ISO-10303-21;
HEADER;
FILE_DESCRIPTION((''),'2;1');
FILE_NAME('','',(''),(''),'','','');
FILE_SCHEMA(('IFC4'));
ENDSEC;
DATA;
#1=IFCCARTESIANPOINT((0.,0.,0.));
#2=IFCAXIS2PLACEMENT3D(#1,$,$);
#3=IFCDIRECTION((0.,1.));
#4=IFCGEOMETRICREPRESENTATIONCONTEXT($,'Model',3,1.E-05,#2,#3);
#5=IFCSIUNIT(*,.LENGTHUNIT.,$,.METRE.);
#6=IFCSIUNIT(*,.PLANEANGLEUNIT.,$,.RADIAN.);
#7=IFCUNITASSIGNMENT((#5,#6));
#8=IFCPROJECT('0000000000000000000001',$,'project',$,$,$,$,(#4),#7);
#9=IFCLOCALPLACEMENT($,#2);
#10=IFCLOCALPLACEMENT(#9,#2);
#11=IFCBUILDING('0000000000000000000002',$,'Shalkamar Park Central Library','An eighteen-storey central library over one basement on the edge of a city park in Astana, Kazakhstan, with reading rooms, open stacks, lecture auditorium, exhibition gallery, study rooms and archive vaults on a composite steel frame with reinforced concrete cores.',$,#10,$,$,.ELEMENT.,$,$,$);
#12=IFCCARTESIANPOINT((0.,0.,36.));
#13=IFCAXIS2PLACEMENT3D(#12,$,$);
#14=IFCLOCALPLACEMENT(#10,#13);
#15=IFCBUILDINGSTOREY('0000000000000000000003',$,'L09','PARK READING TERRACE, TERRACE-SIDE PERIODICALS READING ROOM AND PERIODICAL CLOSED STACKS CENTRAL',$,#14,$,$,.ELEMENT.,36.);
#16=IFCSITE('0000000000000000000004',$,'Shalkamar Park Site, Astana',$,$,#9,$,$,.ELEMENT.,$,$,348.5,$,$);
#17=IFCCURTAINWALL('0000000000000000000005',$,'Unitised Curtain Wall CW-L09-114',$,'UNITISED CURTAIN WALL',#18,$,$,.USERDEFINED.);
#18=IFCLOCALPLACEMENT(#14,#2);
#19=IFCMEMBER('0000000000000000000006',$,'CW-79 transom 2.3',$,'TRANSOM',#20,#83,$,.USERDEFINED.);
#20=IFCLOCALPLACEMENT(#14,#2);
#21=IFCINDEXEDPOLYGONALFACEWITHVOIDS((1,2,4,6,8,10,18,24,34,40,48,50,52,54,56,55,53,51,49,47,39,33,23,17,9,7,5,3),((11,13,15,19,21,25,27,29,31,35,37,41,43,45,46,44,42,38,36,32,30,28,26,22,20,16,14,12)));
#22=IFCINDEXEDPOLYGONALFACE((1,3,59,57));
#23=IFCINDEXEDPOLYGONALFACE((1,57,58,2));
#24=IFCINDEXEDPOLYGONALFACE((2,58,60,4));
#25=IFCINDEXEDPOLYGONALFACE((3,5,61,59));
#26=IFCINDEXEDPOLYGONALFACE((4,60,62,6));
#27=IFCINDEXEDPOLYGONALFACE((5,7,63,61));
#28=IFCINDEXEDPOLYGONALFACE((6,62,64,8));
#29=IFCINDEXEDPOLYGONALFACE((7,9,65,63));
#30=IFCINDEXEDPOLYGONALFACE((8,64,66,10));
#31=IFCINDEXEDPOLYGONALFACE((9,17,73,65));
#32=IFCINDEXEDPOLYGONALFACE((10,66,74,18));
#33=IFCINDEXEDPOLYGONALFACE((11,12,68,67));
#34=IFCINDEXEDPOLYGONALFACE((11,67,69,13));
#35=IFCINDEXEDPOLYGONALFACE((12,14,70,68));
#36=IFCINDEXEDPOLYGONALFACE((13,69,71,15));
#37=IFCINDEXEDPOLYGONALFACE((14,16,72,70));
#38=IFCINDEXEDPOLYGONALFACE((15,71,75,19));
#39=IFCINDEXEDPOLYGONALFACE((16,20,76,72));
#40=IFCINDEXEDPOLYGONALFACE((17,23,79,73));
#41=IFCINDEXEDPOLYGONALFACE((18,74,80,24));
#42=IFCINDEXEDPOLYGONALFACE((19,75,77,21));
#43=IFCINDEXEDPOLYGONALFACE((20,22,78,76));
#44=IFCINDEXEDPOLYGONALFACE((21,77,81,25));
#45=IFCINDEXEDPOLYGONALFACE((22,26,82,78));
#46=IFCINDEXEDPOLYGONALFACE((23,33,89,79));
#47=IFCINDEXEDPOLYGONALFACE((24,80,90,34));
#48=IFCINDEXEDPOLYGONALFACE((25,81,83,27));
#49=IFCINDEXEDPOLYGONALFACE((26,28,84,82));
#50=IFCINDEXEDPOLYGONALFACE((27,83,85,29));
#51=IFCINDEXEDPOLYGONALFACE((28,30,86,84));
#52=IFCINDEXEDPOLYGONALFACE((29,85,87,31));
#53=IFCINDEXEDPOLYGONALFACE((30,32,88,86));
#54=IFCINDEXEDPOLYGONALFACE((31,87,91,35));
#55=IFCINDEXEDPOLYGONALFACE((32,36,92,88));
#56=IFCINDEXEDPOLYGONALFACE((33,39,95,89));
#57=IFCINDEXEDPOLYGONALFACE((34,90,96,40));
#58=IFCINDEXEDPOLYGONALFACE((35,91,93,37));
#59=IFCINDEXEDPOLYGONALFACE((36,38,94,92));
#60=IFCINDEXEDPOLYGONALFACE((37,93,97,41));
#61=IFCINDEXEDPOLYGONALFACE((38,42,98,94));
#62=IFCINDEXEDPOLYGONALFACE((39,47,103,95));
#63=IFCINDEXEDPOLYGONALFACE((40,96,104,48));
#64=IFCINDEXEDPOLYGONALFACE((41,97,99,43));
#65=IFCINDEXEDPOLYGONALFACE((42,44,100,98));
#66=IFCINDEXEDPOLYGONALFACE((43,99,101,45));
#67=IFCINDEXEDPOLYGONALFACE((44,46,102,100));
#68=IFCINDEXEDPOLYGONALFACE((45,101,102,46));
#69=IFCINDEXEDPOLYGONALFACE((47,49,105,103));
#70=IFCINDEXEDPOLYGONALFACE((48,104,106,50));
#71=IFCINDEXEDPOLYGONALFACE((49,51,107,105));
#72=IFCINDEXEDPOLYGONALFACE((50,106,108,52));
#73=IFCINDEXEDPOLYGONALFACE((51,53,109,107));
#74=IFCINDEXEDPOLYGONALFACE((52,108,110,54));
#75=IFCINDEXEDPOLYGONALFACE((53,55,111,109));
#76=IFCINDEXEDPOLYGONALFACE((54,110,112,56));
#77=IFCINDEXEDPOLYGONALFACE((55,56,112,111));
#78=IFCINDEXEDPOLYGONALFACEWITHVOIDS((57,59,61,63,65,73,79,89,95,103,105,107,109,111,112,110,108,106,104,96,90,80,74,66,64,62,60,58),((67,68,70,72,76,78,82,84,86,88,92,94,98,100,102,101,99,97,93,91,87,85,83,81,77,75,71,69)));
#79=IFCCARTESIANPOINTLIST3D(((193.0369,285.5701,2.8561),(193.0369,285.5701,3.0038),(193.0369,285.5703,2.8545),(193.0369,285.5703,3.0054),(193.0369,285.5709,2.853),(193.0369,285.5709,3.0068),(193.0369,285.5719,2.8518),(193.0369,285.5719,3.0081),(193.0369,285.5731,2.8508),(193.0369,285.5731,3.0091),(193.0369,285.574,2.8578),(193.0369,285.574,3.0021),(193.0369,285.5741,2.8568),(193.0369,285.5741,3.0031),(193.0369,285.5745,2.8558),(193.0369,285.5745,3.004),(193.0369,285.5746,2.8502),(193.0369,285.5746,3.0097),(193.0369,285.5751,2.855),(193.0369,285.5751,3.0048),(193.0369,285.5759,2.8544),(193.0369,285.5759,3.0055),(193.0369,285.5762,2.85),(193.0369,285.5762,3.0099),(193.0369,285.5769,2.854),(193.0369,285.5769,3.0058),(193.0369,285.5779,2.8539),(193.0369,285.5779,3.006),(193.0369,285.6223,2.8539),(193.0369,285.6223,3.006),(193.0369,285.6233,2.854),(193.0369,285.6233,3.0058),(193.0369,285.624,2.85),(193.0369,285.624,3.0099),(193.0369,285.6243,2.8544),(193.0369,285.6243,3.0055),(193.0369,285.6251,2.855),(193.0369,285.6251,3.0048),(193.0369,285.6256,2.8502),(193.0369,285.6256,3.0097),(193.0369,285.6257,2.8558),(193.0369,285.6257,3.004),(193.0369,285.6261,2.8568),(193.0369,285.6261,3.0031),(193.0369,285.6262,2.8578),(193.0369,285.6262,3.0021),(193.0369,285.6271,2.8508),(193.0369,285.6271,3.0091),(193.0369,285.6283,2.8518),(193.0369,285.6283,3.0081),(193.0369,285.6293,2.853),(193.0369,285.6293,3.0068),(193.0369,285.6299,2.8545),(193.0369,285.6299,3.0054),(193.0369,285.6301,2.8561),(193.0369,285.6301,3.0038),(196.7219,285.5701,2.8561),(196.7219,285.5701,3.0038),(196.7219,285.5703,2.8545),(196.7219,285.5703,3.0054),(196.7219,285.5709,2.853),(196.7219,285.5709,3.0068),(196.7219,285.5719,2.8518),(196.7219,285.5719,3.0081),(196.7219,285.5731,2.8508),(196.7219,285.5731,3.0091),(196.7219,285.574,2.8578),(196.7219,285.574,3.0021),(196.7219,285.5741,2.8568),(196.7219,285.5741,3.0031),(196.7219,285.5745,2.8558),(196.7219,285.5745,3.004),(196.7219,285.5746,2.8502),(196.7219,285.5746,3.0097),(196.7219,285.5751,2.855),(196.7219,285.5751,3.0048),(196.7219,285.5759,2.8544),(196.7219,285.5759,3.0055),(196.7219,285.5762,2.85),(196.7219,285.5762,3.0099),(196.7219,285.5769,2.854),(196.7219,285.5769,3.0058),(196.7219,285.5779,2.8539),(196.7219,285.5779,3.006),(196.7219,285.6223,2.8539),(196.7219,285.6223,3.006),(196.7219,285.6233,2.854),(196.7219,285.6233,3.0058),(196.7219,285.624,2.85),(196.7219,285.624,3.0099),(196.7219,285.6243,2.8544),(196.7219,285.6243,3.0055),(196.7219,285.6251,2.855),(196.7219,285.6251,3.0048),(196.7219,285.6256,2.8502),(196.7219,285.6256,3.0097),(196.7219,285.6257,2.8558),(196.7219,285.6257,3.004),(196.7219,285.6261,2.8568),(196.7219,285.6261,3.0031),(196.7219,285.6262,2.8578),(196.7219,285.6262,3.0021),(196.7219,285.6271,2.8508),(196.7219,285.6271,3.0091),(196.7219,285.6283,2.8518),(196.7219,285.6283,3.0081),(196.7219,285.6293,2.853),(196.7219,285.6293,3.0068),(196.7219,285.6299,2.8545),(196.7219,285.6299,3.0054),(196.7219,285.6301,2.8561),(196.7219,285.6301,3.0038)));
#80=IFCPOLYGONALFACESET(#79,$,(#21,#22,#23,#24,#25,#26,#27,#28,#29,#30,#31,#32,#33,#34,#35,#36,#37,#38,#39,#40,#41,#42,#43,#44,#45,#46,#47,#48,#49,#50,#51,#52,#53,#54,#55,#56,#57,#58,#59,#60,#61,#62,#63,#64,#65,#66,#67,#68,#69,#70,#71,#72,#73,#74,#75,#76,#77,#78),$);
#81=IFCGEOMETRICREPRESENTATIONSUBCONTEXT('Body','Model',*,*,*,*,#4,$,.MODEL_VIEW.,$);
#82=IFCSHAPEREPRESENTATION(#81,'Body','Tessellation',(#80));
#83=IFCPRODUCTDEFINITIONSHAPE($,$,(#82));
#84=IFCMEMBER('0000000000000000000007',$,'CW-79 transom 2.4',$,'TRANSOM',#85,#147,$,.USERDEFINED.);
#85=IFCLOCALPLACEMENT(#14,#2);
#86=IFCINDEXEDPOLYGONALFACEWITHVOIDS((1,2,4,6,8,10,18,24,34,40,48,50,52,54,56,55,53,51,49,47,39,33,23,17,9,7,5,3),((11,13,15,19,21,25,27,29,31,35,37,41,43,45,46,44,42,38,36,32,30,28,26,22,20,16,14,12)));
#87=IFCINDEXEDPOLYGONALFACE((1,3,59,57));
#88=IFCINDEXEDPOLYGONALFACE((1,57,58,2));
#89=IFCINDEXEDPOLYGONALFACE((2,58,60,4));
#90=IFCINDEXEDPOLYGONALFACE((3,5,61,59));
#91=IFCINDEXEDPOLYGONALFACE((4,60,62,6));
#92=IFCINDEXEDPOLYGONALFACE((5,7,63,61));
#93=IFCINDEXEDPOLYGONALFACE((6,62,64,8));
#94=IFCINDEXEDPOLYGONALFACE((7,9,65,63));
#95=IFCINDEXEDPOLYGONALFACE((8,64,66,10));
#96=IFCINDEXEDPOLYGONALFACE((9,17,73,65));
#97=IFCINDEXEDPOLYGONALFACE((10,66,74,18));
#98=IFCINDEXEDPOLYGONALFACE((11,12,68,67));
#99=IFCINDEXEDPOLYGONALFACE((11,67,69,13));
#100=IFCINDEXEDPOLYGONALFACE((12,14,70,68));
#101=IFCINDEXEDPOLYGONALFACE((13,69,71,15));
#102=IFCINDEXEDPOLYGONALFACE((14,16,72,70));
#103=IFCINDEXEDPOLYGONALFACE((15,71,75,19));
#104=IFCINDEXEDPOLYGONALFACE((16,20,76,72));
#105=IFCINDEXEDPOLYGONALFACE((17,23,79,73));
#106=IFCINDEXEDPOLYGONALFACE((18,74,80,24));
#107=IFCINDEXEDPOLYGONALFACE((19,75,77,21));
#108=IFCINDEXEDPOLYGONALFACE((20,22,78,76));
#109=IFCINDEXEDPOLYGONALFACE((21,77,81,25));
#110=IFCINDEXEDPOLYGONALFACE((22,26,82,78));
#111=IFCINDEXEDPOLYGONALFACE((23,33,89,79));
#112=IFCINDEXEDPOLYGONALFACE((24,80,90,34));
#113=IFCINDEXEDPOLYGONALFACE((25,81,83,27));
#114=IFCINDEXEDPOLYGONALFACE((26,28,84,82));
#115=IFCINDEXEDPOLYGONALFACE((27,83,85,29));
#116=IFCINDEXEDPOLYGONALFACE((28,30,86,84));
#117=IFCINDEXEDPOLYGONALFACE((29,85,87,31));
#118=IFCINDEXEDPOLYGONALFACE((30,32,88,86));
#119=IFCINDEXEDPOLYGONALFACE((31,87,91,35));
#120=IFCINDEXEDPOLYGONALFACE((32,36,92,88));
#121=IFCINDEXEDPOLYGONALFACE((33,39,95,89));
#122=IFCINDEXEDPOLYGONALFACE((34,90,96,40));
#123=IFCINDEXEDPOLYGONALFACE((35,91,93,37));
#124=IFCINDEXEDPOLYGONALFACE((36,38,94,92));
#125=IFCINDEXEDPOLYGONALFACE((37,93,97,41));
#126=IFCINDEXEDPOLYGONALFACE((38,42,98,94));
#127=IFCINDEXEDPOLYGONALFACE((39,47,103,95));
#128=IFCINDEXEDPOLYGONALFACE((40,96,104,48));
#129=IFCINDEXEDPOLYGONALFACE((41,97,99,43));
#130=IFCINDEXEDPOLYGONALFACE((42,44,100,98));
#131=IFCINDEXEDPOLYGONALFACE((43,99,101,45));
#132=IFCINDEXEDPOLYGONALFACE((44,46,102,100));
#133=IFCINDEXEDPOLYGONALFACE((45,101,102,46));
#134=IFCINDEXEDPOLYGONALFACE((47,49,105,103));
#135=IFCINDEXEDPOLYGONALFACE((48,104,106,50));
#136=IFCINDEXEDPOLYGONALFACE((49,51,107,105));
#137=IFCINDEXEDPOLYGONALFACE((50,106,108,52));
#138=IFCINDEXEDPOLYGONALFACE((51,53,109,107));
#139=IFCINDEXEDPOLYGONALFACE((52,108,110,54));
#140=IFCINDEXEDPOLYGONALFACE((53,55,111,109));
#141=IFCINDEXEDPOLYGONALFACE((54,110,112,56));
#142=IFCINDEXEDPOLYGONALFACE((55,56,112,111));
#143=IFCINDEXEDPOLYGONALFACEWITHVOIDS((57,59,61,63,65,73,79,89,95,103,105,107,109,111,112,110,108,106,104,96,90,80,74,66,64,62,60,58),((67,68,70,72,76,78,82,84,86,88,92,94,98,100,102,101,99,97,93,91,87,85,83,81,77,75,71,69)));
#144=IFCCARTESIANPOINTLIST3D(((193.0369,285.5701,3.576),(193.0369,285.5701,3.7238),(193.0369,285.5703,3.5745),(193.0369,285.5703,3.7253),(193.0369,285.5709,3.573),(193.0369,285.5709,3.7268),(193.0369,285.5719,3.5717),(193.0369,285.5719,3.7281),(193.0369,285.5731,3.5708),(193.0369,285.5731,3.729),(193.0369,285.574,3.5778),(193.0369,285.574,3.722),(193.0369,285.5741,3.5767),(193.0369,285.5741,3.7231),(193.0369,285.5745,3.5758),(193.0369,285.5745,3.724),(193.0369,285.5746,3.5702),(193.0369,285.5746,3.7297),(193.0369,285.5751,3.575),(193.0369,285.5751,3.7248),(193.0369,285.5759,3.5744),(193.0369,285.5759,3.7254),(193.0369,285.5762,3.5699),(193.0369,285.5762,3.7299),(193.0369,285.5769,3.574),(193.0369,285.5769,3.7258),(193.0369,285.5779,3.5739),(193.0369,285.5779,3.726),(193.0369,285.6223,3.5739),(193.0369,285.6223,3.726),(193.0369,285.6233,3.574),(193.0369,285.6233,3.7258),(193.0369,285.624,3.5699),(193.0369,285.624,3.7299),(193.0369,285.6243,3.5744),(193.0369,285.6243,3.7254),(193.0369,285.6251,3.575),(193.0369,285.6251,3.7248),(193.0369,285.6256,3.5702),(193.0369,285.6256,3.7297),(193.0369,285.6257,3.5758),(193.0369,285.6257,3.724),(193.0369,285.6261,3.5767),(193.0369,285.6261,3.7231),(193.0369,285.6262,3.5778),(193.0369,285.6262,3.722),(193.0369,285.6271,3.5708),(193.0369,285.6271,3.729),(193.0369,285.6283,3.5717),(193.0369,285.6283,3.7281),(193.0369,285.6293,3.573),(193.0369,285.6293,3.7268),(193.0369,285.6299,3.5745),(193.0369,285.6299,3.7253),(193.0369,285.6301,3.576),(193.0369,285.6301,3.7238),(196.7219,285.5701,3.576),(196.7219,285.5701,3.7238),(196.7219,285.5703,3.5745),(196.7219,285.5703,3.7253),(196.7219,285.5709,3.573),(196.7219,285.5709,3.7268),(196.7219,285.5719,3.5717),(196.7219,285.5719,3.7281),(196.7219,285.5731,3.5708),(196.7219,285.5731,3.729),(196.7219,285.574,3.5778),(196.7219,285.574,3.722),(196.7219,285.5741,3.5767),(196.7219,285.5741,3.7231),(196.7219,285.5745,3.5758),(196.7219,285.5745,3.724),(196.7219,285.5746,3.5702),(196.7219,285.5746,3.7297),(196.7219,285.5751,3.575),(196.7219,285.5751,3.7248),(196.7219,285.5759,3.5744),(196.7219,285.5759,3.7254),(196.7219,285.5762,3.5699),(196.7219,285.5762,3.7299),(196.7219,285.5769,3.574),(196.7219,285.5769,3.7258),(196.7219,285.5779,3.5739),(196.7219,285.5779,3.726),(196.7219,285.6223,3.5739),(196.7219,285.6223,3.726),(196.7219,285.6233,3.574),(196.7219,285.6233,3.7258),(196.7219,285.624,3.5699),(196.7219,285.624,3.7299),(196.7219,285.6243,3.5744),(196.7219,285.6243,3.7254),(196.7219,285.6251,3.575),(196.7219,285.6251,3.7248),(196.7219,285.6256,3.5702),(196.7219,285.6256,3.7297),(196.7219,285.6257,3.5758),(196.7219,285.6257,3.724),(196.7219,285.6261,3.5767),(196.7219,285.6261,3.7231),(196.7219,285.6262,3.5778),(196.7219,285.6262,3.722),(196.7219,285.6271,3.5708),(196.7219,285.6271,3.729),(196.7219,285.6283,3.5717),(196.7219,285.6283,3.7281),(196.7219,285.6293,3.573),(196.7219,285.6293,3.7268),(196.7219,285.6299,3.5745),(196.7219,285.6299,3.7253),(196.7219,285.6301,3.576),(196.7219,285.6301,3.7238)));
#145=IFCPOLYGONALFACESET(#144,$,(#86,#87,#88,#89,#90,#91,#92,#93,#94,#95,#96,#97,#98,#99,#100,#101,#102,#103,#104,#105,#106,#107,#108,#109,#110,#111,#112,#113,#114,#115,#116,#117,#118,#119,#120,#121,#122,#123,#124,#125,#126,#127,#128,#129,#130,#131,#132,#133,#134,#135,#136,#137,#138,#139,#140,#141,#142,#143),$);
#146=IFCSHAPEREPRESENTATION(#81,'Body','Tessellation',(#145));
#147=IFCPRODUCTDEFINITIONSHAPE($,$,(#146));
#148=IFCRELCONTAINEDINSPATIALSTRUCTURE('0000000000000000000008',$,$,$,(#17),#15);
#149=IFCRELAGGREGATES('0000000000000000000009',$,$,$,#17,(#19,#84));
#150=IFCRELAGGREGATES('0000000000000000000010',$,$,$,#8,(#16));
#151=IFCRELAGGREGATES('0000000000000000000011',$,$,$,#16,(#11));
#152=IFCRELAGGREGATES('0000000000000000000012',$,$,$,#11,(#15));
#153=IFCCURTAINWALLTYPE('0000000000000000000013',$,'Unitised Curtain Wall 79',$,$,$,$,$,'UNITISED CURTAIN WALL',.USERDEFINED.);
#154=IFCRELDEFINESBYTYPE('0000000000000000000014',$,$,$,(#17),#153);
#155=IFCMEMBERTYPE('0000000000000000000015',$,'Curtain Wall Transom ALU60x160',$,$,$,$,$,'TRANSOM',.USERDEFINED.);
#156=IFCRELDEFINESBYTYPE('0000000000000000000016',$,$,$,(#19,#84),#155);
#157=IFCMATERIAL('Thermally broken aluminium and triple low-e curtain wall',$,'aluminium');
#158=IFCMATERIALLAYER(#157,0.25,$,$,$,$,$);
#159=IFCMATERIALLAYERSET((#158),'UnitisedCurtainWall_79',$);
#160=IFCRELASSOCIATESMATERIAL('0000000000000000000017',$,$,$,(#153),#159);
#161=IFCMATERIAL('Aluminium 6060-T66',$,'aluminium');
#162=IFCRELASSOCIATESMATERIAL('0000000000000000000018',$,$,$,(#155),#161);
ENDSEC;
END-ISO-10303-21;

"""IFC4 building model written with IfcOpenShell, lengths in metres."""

from ifc_helpers import new_model, si_unit, direction, frame, origin, origin_2d, place, context, subcontext, project, spatial, hollow_rectangle, extrude, material, layer, layer_set, material_profile, profile_set, type_object, element, aggregate, save


model = new_model("IFC4")

# Units and contexts
model_context = context("Model", 3, precision=1e-05, world=origin(), true_north=direction((0.0, 1.0)))
body_context = subcontext(model_context, "Body", "Model", "MODEL_VIEW")
ifc_project = project(units=[si_unit("LENGTHUNIT", "METRE"), si_unit("PLANEANGLEUNIT", "RADIAN")], contexts=[model_context])

# Site, building, storey
site_placement = place(None, origin())
site = spatial("IfcSite", under=ifc_project, at=site_placement, Name="Shalkamar Park Site, Astana", CompositionType="ELEMENT", RefElevation=348.5)
building_placement = place(site_placement, origin())
building = spatial("IfcBuilding", under=site, at=building_placement, Name="Shalkamar Park Central Library", Description="An eighteen-storey central library over one basement on the edge of a city park in Astana, Kazakhstan, with reading rooms, open stacks, lecture auditorium, exhibition gallery, study rooms and archive vaults on a composite steel frame with reinforced concrete cores.", CompositionType="ELEMENT")
storey_placement = place(building_placement, frame((0.0, 0.0, 36.0)))
storey = spatial("IfcBuildingStorey", under=building, at=storey_placement, Name="L09", Description="PARK READING TERRACE, TERRACE-SIDE PERIODICALS READING ROOM AND PERIODICAL CLOSED STACKS CENTRAL", CompositionType="ELEMENT", Elevation=36.0)

# Curtain wall
ifc_material_1 = material(Name="Thermally broken aluminium and triple low-e curtain wall", Category="aluminium")
ifc_layer_1 = layer(ifc_material_1, 0.25)
ifc_layer_set_1 = layer_set([ifc_layer_1], Name="UnitisedCurtainWall_79")
curtain_wall_type_1 = type_object("IfcCurtainWallType", Name="Unitised Curtain Wall 79", ElementType="UNITISED CURTAIN WALL", PredefinedType="USERDEFINED", material=ifc_layer_set_1)
curtain_wall_1_placement = place(storey_placement, origin())
curtain_wall_1 = element("IfcCurtainWall", 1, at=curtain_wall_1_placement, inside=storey, type_object=curtain_wall_type_1, Name="Unitised Curtain Wall CW-L09-114", ObjectType="UNITISED CURTAIN WALL", PredefinedType="USERDEFINED")
ifc_material_2 = material(Name="Aluminium 6060-T66", Category="aluminium")

# Members
ifc_material_profile_1 = material_profile(ifc_material_2, hollow_rectangle(XDim=0.0601, YDim=0.1599, WallThickness=0.0039, InnerFilletRadius=0.0039, OuterFilletRadius=0.0061, at=origin_2d()), Name="ALU 60x160x4")
ifc_profile_set_1 = profile_set([ifc_material_profile_1], Name="Aluminium 6060-T66")
member_type_1 = type_object("IfcMemberType", Name="Curtain Wall Transom ALU60x160", ElementType="TRANSOM", PredefinedType="USERDEFINED", material=ifc_profile_set_1)
member_1_placement = place(storey_placement, frame((193.0369, 285.6001, 2.9299), z_axis=(1.0, 0.0, 0.0), x_axis=(0.0, 1.0, 0.0)))
member_1 = element("IfcMember", 2, at=member_1_placement, type_object=member_type_1, Name="CW-79 transom 2.3", ObjectType="TRANSOM", PredefinedType="USERDEFINED", context=body_context, shape_type="SweptSolid", body=[
    extrude(hollow_rectangle(XDim=0.0601, YDim=0.1599, WallThickness=0.0039, InnerFilletRadius=0.0039, OuterFilletRadius=0.0061, at=origin_2d()), origin(), (0.0, 0.0, 1.0), 3.6851),
])
member_2_placement = place(storey_placement, frame((193.0369, 285.6001, 3.6499), z_axis=(1.0, 0.0, 0.0), x_axis=(0.0, 1.0, 0.0)))
member_2 = element("IfcMember", 3, at=member_2_placement, type_object=member_type_1, Name="CW-79 transom 2.4", ObjectType="TRANSOM", PredefinedType="USERDEFINED", context=body_context, shape_type="SweptSolid", body=[
    extrude(hollow_rectangle(XDim=0.0601, YDim=0.1599, WallThickness=0.0039, InnerFilletRadius=0.0039, OuterFilletRadius=0.0061, at=origin_2d()), origin(), (0.0, 0.0, 1.0), 3.6851),
])

aggregate(curtain_wall_1, [member_1, member_2])

save(model, "model.ifc")
